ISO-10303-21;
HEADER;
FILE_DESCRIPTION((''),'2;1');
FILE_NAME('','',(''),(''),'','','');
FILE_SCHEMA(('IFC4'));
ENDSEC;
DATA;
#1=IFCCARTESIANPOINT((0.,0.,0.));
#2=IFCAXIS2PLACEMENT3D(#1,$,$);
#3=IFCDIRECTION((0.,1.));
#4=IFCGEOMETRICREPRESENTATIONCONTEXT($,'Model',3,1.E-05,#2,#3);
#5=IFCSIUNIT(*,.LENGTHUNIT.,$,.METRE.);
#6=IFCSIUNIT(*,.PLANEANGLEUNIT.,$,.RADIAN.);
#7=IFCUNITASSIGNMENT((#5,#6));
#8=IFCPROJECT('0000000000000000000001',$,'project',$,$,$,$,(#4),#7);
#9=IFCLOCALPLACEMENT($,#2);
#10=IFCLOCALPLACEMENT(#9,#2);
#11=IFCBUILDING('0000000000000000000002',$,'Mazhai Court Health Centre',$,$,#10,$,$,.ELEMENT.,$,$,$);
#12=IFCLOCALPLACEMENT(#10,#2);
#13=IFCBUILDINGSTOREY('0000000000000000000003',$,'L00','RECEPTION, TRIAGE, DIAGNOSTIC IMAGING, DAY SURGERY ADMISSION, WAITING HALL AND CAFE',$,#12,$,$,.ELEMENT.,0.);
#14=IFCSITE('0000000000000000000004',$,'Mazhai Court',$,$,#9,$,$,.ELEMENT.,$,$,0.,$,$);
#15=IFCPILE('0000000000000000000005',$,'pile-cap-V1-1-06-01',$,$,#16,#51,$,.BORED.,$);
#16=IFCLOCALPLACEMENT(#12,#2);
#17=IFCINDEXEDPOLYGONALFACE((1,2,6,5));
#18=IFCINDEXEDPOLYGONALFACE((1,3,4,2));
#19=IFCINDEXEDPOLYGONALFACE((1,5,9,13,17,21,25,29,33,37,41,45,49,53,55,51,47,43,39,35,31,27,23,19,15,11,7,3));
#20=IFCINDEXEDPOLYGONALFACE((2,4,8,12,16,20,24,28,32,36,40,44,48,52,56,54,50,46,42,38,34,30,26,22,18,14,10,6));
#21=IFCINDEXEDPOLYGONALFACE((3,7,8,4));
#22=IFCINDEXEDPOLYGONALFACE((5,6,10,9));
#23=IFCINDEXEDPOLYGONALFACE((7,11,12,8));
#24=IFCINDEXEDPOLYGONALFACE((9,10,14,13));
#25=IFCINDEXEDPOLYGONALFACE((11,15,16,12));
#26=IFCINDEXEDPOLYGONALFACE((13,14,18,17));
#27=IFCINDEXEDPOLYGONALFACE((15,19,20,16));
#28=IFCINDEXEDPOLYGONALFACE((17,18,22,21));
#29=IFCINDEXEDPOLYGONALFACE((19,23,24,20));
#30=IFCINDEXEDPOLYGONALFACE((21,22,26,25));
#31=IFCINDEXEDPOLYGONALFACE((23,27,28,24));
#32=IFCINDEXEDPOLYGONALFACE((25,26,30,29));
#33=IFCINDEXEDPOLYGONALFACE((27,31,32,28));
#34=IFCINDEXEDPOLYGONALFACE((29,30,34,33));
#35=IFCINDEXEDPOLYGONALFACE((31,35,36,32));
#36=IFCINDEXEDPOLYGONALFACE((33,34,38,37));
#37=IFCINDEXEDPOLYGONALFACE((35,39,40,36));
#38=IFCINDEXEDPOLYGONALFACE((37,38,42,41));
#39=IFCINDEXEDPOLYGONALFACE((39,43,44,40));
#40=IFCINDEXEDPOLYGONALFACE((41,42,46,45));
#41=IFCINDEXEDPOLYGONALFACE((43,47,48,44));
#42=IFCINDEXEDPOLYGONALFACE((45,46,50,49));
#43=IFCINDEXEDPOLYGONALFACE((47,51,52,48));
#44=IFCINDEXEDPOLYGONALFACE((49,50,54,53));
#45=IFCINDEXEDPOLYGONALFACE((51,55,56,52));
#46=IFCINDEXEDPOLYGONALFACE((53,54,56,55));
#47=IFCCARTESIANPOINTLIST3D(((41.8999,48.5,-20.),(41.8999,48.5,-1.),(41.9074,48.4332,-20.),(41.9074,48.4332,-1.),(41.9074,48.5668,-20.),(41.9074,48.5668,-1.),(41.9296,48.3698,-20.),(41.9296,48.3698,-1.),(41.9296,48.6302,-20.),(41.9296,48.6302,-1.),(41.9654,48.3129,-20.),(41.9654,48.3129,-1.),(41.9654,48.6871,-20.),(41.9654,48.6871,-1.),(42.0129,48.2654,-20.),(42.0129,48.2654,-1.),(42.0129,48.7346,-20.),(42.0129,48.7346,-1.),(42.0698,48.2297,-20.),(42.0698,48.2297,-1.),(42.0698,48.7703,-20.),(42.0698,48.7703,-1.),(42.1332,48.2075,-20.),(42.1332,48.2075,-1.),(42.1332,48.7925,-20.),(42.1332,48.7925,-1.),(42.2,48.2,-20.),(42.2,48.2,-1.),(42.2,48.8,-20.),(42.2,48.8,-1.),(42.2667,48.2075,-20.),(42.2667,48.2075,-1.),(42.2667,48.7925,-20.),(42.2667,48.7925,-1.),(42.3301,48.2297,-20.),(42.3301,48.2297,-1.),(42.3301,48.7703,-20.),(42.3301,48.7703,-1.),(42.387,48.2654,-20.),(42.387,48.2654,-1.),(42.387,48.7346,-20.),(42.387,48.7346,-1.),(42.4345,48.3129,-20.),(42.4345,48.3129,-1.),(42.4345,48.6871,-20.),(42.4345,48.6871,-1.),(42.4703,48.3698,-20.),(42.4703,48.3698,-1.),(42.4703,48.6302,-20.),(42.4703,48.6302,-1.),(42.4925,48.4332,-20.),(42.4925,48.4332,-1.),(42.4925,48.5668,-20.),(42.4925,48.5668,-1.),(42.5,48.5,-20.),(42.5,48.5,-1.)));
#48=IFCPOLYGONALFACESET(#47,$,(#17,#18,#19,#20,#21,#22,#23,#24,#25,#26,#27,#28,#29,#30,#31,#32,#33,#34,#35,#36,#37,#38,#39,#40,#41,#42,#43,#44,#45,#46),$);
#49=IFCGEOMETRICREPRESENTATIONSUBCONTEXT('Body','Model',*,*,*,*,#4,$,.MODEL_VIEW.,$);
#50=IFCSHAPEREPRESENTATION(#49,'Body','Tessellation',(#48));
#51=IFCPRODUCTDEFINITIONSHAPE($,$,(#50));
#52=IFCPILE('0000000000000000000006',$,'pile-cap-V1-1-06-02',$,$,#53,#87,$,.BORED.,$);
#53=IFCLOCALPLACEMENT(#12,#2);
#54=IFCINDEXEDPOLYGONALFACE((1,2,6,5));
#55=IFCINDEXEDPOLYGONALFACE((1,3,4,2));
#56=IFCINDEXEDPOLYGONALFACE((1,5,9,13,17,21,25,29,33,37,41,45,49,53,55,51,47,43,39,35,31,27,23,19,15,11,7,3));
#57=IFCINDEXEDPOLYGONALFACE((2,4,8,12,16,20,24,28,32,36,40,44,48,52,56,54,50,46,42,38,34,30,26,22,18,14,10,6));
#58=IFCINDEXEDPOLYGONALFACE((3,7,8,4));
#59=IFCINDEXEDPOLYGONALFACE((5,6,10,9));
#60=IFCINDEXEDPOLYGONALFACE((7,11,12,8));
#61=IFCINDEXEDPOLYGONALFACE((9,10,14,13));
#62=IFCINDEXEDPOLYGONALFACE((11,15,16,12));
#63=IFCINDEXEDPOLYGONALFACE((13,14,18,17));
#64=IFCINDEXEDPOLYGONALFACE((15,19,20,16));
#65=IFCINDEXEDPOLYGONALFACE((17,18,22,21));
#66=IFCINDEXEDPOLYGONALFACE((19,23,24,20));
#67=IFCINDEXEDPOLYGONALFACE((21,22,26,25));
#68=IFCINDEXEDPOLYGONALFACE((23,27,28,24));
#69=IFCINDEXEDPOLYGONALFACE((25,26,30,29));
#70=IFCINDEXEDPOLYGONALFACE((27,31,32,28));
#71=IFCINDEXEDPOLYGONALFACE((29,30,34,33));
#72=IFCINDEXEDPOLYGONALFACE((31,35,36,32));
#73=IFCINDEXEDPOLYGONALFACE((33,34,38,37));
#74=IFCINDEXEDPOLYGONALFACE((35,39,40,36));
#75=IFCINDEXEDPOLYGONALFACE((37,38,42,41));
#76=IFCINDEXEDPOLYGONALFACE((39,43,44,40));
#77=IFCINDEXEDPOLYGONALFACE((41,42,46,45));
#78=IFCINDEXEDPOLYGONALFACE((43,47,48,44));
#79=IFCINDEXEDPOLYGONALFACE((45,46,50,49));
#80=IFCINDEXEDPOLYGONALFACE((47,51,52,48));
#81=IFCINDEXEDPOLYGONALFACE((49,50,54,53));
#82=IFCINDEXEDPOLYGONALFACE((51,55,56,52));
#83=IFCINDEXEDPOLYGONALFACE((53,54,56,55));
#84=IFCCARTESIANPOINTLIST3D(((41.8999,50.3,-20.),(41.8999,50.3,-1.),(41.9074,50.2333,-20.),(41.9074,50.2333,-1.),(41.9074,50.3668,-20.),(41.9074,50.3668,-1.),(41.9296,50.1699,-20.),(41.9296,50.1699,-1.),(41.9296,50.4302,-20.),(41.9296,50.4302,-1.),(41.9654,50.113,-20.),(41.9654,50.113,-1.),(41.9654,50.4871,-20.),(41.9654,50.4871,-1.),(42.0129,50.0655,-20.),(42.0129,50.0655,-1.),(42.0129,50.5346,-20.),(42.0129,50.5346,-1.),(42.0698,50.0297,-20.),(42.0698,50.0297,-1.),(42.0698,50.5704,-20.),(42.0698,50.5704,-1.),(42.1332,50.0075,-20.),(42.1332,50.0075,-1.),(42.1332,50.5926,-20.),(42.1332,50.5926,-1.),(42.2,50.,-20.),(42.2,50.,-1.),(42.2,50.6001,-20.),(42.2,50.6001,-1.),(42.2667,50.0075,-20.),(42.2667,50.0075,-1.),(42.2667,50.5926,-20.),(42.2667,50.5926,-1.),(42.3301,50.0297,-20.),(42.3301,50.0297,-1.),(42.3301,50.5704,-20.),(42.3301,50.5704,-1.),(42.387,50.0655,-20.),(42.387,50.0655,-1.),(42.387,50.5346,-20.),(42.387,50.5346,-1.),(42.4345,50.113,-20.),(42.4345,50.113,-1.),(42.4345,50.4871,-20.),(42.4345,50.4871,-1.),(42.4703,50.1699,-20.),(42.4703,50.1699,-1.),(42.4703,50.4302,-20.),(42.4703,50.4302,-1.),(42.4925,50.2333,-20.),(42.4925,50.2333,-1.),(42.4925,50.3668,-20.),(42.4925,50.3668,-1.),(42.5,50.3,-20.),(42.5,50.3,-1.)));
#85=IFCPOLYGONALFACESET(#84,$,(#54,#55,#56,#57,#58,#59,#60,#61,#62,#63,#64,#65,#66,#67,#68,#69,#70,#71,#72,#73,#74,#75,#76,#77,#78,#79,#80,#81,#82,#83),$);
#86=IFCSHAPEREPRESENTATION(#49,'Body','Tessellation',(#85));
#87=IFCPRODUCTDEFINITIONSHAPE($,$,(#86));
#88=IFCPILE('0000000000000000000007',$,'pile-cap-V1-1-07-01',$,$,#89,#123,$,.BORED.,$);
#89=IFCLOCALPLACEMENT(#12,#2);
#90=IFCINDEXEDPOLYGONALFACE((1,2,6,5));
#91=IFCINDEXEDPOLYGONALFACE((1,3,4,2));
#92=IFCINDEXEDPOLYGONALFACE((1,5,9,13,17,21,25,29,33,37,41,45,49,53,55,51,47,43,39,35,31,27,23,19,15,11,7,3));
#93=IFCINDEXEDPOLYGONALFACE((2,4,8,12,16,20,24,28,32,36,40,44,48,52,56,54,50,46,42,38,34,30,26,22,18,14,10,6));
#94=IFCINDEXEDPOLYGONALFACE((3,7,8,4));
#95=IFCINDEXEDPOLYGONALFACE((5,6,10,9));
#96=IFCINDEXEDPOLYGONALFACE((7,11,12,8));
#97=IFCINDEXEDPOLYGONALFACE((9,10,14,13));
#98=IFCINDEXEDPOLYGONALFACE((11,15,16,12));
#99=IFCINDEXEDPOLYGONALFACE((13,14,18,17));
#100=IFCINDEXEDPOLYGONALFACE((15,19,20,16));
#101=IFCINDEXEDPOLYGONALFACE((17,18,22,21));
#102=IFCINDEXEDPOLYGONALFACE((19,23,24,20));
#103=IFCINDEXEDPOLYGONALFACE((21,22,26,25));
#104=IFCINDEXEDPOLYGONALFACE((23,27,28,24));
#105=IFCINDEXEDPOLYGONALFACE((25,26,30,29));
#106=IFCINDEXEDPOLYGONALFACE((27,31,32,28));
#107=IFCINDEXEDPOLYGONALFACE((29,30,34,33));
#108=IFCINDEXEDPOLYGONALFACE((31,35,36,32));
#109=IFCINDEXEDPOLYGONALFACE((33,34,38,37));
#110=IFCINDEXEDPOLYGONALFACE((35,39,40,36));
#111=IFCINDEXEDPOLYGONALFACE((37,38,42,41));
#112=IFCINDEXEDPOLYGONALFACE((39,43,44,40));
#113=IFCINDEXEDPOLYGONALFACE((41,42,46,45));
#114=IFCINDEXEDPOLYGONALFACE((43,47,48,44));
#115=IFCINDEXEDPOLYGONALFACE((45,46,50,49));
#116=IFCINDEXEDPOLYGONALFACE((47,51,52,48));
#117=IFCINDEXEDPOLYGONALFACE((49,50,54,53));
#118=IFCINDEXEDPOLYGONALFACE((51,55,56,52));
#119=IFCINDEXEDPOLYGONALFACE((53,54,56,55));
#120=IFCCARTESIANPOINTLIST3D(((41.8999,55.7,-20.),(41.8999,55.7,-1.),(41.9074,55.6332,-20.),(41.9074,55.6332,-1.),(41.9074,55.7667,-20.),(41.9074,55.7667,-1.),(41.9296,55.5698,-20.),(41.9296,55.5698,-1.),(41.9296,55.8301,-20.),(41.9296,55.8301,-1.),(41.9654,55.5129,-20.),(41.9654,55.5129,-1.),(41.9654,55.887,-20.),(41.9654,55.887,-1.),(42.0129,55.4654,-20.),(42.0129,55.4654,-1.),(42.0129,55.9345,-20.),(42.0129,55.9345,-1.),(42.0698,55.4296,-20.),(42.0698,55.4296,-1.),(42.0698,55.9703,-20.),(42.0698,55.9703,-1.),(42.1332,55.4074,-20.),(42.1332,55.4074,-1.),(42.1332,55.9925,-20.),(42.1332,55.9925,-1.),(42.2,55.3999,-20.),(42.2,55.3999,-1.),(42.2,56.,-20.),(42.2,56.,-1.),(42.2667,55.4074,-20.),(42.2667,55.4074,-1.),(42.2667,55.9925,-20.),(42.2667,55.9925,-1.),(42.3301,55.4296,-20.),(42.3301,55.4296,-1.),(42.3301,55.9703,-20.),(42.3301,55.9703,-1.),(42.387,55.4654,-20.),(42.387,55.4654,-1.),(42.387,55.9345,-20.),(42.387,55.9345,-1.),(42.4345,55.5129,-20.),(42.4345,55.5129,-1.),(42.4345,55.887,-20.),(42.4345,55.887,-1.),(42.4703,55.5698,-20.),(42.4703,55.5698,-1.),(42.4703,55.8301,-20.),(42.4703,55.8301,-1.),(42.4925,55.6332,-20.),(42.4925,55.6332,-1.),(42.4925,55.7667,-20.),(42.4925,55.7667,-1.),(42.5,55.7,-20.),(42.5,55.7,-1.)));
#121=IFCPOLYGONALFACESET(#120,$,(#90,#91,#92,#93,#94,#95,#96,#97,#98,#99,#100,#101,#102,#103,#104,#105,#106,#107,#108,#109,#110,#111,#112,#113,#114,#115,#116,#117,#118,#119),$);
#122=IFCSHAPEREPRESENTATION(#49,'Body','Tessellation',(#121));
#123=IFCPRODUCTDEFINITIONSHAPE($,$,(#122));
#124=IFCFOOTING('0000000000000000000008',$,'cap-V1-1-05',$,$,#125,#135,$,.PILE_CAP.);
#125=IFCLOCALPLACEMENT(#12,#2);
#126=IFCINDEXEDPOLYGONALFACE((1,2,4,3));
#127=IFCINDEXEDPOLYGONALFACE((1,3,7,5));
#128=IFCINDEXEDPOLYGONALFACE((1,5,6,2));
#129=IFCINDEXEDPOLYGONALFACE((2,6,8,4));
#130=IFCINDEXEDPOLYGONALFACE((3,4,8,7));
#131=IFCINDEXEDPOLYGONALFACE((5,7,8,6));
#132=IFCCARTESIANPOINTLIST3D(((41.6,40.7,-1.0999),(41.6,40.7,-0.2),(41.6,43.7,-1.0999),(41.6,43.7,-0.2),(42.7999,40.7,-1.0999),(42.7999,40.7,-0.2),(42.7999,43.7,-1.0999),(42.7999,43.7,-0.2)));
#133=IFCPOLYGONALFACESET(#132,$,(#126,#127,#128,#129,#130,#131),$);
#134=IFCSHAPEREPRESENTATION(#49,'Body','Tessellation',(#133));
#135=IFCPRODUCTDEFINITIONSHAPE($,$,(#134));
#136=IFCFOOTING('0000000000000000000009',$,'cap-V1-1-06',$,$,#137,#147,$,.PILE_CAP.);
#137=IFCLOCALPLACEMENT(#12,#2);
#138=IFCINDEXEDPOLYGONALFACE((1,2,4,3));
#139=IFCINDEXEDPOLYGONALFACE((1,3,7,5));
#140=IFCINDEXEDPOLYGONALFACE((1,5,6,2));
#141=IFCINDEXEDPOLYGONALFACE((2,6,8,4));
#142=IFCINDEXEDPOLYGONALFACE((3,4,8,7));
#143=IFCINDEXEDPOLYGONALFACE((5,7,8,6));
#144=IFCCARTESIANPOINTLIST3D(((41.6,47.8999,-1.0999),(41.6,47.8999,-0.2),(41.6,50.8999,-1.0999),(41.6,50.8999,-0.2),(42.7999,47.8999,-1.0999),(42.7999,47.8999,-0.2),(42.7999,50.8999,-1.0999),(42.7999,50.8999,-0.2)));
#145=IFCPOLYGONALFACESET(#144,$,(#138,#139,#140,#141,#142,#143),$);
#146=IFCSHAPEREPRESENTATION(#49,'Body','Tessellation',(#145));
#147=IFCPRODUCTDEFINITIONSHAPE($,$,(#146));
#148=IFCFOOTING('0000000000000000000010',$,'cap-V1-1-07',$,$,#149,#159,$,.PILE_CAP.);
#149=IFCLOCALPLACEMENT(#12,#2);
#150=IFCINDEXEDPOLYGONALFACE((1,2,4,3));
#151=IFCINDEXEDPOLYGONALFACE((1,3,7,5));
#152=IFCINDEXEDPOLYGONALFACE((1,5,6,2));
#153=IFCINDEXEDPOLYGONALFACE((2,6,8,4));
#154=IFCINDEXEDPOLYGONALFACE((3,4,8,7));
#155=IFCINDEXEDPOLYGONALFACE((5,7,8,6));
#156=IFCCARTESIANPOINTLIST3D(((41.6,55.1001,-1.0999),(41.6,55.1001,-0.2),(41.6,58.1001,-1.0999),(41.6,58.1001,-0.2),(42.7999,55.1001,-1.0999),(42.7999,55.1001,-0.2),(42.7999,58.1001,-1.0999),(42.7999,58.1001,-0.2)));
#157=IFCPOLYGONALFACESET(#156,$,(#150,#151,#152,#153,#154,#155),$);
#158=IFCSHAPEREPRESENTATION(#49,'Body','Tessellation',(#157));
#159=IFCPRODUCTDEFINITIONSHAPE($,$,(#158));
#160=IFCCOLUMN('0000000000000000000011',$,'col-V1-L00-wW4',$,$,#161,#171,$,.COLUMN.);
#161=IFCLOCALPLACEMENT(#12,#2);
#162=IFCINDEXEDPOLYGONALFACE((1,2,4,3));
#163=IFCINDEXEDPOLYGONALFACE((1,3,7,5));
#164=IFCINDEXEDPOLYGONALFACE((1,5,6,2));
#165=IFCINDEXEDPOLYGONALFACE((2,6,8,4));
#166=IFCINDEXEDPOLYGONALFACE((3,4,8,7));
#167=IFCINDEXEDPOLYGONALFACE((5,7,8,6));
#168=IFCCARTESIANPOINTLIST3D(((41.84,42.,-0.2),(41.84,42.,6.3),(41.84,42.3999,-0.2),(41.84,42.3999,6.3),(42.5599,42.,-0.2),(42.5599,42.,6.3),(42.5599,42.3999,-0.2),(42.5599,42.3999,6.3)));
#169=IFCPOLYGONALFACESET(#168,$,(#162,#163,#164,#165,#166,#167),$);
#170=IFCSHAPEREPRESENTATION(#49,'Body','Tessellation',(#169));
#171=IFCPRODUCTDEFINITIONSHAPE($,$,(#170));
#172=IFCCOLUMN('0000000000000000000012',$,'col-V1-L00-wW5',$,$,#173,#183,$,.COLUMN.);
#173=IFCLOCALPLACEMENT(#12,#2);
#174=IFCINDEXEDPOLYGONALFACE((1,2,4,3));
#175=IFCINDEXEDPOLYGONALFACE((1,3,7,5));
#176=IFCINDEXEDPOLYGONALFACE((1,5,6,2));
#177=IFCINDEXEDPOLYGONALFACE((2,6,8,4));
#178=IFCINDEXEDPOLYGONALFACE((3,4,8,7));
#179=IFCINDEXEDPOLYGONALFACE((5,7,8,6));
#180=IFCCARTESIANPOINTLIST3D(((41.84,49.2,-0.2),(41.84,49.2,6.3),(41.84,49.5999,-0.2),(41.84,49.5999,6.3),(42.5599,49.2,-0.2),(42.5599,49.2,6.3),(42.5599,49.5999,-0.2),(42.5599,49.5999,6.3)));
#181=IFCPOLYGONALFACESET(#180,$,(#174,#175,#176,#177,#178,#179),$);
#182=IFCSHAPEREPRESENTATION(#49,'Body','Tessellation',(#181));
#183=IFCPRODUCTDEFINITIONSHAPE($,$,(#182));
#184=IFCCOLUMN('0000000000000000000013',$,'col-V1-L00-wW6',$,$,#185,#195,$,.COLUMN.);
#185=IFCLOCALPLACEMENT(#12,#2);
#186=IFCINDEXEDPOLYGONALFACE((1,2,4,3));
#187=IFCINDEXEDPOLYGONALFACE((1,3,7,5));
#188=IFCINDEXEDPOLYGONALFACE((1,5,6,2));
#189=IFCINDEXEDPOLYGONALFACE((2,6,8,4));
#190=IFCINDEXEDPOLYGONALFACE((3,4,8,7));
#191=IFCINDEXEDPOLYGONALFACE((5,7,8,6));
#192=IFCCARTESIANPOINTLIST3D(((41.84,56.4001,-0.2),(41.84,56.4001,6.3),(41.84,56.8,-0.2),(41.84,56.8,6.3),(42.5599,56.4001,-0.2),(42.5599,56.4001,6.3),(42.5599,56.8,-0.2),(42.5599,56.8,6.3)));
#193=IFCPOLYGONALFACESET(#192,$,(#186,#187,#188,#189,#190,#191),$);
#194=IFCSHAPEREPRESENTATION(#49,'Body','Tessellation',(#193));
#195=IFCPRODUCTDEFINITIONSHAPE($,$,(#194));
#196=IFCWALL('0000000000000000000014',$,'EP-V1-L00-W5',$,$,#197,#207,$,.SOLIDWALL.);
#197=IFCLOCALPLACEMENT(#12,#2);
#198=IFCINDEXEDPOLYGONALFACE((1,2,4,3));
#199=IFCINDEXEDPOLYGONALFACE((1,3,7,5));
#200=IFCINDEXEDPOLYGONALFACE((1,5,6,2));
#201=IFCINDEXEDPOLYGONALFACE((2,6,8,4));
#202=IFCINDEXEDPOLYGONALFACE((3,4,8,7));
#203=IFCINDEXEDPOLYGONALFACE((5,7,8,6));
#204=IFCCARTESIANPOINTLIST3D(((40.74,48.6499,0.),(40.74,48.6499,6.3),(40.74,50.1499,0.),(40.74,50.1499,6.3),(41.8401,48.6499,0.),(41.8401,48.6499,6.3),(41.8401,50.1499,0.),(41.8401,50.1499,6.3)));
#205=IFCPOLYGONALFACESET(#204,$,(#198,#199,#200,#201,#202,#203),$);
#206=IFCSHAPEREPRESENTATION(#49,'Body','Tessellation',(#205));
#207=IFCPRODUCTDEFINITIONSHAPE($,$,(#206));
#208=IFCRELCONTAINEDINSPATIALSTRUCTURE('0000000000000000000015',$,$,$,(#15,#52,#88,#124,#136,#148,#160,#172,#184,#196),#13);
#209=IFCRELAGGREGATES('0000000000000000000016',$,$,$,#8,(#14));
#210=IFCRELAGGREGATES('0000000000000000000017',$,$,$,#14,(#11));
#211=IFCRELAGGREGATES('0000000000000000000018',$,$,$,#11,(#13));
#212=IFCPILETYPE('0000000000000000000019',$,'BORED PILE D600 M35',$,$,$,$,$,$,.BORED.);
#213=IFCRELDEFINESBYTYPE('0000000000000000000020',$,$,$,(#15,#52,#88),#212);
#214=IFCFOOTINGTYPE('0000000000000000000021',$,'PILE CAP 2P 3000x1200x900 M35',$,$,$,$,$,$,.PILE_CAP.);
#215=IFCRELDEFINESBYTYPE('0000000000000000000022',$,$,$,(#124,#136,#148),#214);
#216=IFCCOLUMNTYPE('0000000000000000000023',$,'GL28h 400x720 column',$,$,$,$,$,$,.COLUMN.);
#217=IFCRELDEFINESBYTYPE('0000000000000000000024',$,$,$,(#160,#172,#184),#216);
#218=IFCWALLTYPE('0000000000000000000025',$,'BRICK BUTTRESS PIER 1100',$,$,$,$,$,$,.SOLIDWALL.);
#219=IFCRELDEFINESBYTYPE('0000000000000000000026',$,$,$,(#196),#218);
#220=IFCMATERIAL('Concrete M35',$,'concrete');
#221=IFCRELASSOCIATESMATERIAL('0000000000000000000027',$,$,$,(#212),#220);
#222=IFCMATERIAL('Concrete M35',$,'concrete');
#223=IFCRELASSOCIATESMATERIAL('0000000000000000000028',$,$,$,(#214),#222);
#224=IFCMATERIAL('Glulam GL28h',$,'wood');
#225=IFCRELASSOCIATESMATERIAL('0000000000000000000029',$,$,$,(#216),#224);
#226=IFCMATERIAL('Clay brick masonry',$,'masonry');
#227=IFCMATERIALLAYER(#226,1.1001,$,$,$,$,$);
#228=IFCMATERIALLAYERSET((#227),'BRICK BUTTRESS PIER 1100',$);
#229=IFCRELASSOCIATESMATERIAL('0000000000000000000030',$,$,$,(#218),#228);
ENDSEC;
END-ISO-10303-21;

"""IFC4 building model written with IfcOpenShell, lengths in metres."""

from ifc_helpers import new_model, si_unit, direction, frame, frame_2d, origin, origin_2d, place, context, subcontext, project, spatial, rectangle, circle, extrude, material, layer, layer_set, material_profile, profile_set, type_object, element, save


model = new_model("IFC4")

# Units and contexts
model_context = context("Model", 3, precision=1e-05, world=origin(), true_north=direction((0.0, 1.0)))
body_context = subcontext(model_context, "Body", "Model", "MODEL_VIEW")
ifc_project = project(units=[si_unit("LENGTHUNIT", "METRE"), si_unit("PLANEANGLEUNIT", "RADIAN")], contexts=[model_context])

# Site, building, storey
site_placement = place(None, origin())
site = spatial("IfcSite", under=ifc_project, at=site_placement, Name="Mazhai Court", CompositionType="ELEMENT", RefElevation=0.0)
building_placement = place(site_placement, origin())
building = spatial("IfcBuilding", under=site, at=building_placement, Name="Mazhai Court Health Centre", CompositionType="ELEMENT")
storey_placement = place(building_placement, origin())
storey = spatial("IfcBuildingStorey", under=building, at=storey_placement, Name="L00", Description="RECEPTION, TRIAGE, DIAGNOSTIC IMAGING, DAY SURGERY ADMISSION, WAITING HALL AND CAFE", CompositionType="ELEMENT", Elevation=0.0)

# Piles
ifc_material_1 = material(Name="Concrete M35", Category="concrete")
ifc_material_profile_1 = material_profile(ifc_material_1, circle(Radius=0.3, at=origin_2d()), Name="RC PILE D600")
ifc_profile_set_1 = profile_set([ifc_material_profile_1], Name="Concrete M35")
pile_type = type_object("IfcPileType", Name="BORED PILE D600 M35", PredefinedType="BORED", material=ifc_profile_set_1)
for number, where, z_axis, x_axis, name in (
    (1, (42.2, 48.5, -1.0), (0.0, 0.0, -1.0), (1.0, 0.0, 0.0), "pile-cap-V1-1-06-01"),
    (2, (42.2, 50.3, -1.0), (0.0, 0.0, -1.0), (1.0, 0.0, 0.0), "pile-cap-V1-1-06-02"),
    (3, (42.2, 55.7, -1.0), (0.0, 0.0, -1.0), (1.0, 0.0, 0.0), "pile-cap-V1-1-07-01"),
):
    element("IfcPile", number, at=place(storey_placement, frame(where, z_axis=z_axis, x_axis=x_axis)), inside=storey, type_object=pile_type, Name=name, PredefinedType="BORED", context=body_context, shape_type="SweptSolid", body=[
        extrude(circle(Radius=0.3, at=origin_2d()), origin(), (0.0, 0.0, 1.0), 19.0),
    ])

# Footings
ifc_material_2 = material(Name="Concrete M35", Category="concrete")
footing_type = type_object("IfcFootingType", Name="PILE CAP 2P 3000x1200x900 M35", PredefinedType="PILE_CAP", material=ifc_material_2)
for number, where, z_axis, x_axis, name in (
    (4, (42.2, 42.2, -1.0999), (0.0, 0.0, 1.0), (1.0, 0.0, 0.0), "cap-V1-1-05"),
    (5, (42.2, 49.3999, -1.0999), (0.0, 0.0, 1.0), (1.0, 0.0, 0.0), "cap-V1-1-06"),
    (6, (42.2, 56.6001, -1.0999), (0.0, 0.0, 1.0), (1.0, 0.0, 0.0), "cap-V1-1-07"),
):
    element("IfcFooting", number, at=place(storey_placement, frame(where, z_axis=z_axis, x_axis=x_axis)), inside=storey, type_object=footing_type, Name=name, PredefinedType="PILE_CAP", context=body_context, shape_type="SweptSolid", body=[
        extrude(rectangle(XDim=1.2, YDim=3.0, at=origin_2d()), origin(), (0.0, 0.0, 1.0), 0.8999),
    ])

# Columns
ifc_material_3 = material(Name="Glulam GL28h", Category="wood")
ifc_material_profile_2 = material_profile(ifc_material_3, rectangle(XDim=0.3999, YDim=0.72, at=origin_2d()), Name="GL28h 400x720")
ifc_profile_set_2 = profile_set([ifc_material_profile_2], Name="Glulam GL28h")
column_type = type_object("IfcColumnType", Name="GL28h 400x720 column", PredefinedType="COLUMN", material=ifc_profile_set_2)
for number, where, z_axis, x_axis, name in (
    (7, (42.2, 42.2, -0.2), (0.0, 0.0, 1.0), (0.0, 1.0, 0.0), "col-V1-L00-wW4"),
    (8, (42.2, 49.3999, -0.2), (0.0, 0.0, 1.0), (0.0, 1.0, 0.0), "col-V1-L00-wW5"),
    (9, (42.2, 56.6001, -0.2), (0.0, 0.0, 1.0), (0.0, 1.0, 0.0), "col-V1-L00-wW6"),
):
    element("IfcColumn", number, at=place(storey_placement, frame(where, z_axis=z_axis, x_axis=x_axis)), inside=storey, type_object=column_type, Name=name, PredefinedType="COLUMN", context=body_context, shape_type="SweptSolid", body=[
        extrude(rectangle(XDim=0.3999, YDim=0.72, at=origin_2d()), origin(), (0.0, 0.0, 1.0), 6.5),
    ])

# Wall
ifc_material_4 = material(Name="Clay brick masonry", Category="masonry")
ifc_layer_1 = layer(ifc_material_4, 1.1001)
ifc_layer_set_1 = layer_set([ifc_layer_1], Name="BRICK BUTTRESS PIER 1100")
wall_type_1 = type_object("IfcWallType", Name="BRICK BUTTRESS PIER 1100", PredefinedType="SOLIDWALL", material=ifc_layer_set_1)
for number, where, z_axis, x_axis, name in (
    (10, (41.29, 48.6499, 0.0), (0.0, 0.0, 1.0), (0.0, 1.0, 0.0), "EP-V1-L00-W5"),
):
    element("IfcWall", number, at=place(storey_placement, frame(where, z_axis=z_axis, x_axis=x_axis)), inside=storey, type_object=wall_type_1, Name=name, PredefinedType="SOLIDWALL", context=body_context, shape_type="SweptSolid", body=[
        extrude(rectangle(XDim=1.5, YDim=1.1001, at=frame_2d((0.75, 0.0))), origin(), (0.0, 0.0, 1.0), 6.3),
    ])

save(model, "model.ifc")
